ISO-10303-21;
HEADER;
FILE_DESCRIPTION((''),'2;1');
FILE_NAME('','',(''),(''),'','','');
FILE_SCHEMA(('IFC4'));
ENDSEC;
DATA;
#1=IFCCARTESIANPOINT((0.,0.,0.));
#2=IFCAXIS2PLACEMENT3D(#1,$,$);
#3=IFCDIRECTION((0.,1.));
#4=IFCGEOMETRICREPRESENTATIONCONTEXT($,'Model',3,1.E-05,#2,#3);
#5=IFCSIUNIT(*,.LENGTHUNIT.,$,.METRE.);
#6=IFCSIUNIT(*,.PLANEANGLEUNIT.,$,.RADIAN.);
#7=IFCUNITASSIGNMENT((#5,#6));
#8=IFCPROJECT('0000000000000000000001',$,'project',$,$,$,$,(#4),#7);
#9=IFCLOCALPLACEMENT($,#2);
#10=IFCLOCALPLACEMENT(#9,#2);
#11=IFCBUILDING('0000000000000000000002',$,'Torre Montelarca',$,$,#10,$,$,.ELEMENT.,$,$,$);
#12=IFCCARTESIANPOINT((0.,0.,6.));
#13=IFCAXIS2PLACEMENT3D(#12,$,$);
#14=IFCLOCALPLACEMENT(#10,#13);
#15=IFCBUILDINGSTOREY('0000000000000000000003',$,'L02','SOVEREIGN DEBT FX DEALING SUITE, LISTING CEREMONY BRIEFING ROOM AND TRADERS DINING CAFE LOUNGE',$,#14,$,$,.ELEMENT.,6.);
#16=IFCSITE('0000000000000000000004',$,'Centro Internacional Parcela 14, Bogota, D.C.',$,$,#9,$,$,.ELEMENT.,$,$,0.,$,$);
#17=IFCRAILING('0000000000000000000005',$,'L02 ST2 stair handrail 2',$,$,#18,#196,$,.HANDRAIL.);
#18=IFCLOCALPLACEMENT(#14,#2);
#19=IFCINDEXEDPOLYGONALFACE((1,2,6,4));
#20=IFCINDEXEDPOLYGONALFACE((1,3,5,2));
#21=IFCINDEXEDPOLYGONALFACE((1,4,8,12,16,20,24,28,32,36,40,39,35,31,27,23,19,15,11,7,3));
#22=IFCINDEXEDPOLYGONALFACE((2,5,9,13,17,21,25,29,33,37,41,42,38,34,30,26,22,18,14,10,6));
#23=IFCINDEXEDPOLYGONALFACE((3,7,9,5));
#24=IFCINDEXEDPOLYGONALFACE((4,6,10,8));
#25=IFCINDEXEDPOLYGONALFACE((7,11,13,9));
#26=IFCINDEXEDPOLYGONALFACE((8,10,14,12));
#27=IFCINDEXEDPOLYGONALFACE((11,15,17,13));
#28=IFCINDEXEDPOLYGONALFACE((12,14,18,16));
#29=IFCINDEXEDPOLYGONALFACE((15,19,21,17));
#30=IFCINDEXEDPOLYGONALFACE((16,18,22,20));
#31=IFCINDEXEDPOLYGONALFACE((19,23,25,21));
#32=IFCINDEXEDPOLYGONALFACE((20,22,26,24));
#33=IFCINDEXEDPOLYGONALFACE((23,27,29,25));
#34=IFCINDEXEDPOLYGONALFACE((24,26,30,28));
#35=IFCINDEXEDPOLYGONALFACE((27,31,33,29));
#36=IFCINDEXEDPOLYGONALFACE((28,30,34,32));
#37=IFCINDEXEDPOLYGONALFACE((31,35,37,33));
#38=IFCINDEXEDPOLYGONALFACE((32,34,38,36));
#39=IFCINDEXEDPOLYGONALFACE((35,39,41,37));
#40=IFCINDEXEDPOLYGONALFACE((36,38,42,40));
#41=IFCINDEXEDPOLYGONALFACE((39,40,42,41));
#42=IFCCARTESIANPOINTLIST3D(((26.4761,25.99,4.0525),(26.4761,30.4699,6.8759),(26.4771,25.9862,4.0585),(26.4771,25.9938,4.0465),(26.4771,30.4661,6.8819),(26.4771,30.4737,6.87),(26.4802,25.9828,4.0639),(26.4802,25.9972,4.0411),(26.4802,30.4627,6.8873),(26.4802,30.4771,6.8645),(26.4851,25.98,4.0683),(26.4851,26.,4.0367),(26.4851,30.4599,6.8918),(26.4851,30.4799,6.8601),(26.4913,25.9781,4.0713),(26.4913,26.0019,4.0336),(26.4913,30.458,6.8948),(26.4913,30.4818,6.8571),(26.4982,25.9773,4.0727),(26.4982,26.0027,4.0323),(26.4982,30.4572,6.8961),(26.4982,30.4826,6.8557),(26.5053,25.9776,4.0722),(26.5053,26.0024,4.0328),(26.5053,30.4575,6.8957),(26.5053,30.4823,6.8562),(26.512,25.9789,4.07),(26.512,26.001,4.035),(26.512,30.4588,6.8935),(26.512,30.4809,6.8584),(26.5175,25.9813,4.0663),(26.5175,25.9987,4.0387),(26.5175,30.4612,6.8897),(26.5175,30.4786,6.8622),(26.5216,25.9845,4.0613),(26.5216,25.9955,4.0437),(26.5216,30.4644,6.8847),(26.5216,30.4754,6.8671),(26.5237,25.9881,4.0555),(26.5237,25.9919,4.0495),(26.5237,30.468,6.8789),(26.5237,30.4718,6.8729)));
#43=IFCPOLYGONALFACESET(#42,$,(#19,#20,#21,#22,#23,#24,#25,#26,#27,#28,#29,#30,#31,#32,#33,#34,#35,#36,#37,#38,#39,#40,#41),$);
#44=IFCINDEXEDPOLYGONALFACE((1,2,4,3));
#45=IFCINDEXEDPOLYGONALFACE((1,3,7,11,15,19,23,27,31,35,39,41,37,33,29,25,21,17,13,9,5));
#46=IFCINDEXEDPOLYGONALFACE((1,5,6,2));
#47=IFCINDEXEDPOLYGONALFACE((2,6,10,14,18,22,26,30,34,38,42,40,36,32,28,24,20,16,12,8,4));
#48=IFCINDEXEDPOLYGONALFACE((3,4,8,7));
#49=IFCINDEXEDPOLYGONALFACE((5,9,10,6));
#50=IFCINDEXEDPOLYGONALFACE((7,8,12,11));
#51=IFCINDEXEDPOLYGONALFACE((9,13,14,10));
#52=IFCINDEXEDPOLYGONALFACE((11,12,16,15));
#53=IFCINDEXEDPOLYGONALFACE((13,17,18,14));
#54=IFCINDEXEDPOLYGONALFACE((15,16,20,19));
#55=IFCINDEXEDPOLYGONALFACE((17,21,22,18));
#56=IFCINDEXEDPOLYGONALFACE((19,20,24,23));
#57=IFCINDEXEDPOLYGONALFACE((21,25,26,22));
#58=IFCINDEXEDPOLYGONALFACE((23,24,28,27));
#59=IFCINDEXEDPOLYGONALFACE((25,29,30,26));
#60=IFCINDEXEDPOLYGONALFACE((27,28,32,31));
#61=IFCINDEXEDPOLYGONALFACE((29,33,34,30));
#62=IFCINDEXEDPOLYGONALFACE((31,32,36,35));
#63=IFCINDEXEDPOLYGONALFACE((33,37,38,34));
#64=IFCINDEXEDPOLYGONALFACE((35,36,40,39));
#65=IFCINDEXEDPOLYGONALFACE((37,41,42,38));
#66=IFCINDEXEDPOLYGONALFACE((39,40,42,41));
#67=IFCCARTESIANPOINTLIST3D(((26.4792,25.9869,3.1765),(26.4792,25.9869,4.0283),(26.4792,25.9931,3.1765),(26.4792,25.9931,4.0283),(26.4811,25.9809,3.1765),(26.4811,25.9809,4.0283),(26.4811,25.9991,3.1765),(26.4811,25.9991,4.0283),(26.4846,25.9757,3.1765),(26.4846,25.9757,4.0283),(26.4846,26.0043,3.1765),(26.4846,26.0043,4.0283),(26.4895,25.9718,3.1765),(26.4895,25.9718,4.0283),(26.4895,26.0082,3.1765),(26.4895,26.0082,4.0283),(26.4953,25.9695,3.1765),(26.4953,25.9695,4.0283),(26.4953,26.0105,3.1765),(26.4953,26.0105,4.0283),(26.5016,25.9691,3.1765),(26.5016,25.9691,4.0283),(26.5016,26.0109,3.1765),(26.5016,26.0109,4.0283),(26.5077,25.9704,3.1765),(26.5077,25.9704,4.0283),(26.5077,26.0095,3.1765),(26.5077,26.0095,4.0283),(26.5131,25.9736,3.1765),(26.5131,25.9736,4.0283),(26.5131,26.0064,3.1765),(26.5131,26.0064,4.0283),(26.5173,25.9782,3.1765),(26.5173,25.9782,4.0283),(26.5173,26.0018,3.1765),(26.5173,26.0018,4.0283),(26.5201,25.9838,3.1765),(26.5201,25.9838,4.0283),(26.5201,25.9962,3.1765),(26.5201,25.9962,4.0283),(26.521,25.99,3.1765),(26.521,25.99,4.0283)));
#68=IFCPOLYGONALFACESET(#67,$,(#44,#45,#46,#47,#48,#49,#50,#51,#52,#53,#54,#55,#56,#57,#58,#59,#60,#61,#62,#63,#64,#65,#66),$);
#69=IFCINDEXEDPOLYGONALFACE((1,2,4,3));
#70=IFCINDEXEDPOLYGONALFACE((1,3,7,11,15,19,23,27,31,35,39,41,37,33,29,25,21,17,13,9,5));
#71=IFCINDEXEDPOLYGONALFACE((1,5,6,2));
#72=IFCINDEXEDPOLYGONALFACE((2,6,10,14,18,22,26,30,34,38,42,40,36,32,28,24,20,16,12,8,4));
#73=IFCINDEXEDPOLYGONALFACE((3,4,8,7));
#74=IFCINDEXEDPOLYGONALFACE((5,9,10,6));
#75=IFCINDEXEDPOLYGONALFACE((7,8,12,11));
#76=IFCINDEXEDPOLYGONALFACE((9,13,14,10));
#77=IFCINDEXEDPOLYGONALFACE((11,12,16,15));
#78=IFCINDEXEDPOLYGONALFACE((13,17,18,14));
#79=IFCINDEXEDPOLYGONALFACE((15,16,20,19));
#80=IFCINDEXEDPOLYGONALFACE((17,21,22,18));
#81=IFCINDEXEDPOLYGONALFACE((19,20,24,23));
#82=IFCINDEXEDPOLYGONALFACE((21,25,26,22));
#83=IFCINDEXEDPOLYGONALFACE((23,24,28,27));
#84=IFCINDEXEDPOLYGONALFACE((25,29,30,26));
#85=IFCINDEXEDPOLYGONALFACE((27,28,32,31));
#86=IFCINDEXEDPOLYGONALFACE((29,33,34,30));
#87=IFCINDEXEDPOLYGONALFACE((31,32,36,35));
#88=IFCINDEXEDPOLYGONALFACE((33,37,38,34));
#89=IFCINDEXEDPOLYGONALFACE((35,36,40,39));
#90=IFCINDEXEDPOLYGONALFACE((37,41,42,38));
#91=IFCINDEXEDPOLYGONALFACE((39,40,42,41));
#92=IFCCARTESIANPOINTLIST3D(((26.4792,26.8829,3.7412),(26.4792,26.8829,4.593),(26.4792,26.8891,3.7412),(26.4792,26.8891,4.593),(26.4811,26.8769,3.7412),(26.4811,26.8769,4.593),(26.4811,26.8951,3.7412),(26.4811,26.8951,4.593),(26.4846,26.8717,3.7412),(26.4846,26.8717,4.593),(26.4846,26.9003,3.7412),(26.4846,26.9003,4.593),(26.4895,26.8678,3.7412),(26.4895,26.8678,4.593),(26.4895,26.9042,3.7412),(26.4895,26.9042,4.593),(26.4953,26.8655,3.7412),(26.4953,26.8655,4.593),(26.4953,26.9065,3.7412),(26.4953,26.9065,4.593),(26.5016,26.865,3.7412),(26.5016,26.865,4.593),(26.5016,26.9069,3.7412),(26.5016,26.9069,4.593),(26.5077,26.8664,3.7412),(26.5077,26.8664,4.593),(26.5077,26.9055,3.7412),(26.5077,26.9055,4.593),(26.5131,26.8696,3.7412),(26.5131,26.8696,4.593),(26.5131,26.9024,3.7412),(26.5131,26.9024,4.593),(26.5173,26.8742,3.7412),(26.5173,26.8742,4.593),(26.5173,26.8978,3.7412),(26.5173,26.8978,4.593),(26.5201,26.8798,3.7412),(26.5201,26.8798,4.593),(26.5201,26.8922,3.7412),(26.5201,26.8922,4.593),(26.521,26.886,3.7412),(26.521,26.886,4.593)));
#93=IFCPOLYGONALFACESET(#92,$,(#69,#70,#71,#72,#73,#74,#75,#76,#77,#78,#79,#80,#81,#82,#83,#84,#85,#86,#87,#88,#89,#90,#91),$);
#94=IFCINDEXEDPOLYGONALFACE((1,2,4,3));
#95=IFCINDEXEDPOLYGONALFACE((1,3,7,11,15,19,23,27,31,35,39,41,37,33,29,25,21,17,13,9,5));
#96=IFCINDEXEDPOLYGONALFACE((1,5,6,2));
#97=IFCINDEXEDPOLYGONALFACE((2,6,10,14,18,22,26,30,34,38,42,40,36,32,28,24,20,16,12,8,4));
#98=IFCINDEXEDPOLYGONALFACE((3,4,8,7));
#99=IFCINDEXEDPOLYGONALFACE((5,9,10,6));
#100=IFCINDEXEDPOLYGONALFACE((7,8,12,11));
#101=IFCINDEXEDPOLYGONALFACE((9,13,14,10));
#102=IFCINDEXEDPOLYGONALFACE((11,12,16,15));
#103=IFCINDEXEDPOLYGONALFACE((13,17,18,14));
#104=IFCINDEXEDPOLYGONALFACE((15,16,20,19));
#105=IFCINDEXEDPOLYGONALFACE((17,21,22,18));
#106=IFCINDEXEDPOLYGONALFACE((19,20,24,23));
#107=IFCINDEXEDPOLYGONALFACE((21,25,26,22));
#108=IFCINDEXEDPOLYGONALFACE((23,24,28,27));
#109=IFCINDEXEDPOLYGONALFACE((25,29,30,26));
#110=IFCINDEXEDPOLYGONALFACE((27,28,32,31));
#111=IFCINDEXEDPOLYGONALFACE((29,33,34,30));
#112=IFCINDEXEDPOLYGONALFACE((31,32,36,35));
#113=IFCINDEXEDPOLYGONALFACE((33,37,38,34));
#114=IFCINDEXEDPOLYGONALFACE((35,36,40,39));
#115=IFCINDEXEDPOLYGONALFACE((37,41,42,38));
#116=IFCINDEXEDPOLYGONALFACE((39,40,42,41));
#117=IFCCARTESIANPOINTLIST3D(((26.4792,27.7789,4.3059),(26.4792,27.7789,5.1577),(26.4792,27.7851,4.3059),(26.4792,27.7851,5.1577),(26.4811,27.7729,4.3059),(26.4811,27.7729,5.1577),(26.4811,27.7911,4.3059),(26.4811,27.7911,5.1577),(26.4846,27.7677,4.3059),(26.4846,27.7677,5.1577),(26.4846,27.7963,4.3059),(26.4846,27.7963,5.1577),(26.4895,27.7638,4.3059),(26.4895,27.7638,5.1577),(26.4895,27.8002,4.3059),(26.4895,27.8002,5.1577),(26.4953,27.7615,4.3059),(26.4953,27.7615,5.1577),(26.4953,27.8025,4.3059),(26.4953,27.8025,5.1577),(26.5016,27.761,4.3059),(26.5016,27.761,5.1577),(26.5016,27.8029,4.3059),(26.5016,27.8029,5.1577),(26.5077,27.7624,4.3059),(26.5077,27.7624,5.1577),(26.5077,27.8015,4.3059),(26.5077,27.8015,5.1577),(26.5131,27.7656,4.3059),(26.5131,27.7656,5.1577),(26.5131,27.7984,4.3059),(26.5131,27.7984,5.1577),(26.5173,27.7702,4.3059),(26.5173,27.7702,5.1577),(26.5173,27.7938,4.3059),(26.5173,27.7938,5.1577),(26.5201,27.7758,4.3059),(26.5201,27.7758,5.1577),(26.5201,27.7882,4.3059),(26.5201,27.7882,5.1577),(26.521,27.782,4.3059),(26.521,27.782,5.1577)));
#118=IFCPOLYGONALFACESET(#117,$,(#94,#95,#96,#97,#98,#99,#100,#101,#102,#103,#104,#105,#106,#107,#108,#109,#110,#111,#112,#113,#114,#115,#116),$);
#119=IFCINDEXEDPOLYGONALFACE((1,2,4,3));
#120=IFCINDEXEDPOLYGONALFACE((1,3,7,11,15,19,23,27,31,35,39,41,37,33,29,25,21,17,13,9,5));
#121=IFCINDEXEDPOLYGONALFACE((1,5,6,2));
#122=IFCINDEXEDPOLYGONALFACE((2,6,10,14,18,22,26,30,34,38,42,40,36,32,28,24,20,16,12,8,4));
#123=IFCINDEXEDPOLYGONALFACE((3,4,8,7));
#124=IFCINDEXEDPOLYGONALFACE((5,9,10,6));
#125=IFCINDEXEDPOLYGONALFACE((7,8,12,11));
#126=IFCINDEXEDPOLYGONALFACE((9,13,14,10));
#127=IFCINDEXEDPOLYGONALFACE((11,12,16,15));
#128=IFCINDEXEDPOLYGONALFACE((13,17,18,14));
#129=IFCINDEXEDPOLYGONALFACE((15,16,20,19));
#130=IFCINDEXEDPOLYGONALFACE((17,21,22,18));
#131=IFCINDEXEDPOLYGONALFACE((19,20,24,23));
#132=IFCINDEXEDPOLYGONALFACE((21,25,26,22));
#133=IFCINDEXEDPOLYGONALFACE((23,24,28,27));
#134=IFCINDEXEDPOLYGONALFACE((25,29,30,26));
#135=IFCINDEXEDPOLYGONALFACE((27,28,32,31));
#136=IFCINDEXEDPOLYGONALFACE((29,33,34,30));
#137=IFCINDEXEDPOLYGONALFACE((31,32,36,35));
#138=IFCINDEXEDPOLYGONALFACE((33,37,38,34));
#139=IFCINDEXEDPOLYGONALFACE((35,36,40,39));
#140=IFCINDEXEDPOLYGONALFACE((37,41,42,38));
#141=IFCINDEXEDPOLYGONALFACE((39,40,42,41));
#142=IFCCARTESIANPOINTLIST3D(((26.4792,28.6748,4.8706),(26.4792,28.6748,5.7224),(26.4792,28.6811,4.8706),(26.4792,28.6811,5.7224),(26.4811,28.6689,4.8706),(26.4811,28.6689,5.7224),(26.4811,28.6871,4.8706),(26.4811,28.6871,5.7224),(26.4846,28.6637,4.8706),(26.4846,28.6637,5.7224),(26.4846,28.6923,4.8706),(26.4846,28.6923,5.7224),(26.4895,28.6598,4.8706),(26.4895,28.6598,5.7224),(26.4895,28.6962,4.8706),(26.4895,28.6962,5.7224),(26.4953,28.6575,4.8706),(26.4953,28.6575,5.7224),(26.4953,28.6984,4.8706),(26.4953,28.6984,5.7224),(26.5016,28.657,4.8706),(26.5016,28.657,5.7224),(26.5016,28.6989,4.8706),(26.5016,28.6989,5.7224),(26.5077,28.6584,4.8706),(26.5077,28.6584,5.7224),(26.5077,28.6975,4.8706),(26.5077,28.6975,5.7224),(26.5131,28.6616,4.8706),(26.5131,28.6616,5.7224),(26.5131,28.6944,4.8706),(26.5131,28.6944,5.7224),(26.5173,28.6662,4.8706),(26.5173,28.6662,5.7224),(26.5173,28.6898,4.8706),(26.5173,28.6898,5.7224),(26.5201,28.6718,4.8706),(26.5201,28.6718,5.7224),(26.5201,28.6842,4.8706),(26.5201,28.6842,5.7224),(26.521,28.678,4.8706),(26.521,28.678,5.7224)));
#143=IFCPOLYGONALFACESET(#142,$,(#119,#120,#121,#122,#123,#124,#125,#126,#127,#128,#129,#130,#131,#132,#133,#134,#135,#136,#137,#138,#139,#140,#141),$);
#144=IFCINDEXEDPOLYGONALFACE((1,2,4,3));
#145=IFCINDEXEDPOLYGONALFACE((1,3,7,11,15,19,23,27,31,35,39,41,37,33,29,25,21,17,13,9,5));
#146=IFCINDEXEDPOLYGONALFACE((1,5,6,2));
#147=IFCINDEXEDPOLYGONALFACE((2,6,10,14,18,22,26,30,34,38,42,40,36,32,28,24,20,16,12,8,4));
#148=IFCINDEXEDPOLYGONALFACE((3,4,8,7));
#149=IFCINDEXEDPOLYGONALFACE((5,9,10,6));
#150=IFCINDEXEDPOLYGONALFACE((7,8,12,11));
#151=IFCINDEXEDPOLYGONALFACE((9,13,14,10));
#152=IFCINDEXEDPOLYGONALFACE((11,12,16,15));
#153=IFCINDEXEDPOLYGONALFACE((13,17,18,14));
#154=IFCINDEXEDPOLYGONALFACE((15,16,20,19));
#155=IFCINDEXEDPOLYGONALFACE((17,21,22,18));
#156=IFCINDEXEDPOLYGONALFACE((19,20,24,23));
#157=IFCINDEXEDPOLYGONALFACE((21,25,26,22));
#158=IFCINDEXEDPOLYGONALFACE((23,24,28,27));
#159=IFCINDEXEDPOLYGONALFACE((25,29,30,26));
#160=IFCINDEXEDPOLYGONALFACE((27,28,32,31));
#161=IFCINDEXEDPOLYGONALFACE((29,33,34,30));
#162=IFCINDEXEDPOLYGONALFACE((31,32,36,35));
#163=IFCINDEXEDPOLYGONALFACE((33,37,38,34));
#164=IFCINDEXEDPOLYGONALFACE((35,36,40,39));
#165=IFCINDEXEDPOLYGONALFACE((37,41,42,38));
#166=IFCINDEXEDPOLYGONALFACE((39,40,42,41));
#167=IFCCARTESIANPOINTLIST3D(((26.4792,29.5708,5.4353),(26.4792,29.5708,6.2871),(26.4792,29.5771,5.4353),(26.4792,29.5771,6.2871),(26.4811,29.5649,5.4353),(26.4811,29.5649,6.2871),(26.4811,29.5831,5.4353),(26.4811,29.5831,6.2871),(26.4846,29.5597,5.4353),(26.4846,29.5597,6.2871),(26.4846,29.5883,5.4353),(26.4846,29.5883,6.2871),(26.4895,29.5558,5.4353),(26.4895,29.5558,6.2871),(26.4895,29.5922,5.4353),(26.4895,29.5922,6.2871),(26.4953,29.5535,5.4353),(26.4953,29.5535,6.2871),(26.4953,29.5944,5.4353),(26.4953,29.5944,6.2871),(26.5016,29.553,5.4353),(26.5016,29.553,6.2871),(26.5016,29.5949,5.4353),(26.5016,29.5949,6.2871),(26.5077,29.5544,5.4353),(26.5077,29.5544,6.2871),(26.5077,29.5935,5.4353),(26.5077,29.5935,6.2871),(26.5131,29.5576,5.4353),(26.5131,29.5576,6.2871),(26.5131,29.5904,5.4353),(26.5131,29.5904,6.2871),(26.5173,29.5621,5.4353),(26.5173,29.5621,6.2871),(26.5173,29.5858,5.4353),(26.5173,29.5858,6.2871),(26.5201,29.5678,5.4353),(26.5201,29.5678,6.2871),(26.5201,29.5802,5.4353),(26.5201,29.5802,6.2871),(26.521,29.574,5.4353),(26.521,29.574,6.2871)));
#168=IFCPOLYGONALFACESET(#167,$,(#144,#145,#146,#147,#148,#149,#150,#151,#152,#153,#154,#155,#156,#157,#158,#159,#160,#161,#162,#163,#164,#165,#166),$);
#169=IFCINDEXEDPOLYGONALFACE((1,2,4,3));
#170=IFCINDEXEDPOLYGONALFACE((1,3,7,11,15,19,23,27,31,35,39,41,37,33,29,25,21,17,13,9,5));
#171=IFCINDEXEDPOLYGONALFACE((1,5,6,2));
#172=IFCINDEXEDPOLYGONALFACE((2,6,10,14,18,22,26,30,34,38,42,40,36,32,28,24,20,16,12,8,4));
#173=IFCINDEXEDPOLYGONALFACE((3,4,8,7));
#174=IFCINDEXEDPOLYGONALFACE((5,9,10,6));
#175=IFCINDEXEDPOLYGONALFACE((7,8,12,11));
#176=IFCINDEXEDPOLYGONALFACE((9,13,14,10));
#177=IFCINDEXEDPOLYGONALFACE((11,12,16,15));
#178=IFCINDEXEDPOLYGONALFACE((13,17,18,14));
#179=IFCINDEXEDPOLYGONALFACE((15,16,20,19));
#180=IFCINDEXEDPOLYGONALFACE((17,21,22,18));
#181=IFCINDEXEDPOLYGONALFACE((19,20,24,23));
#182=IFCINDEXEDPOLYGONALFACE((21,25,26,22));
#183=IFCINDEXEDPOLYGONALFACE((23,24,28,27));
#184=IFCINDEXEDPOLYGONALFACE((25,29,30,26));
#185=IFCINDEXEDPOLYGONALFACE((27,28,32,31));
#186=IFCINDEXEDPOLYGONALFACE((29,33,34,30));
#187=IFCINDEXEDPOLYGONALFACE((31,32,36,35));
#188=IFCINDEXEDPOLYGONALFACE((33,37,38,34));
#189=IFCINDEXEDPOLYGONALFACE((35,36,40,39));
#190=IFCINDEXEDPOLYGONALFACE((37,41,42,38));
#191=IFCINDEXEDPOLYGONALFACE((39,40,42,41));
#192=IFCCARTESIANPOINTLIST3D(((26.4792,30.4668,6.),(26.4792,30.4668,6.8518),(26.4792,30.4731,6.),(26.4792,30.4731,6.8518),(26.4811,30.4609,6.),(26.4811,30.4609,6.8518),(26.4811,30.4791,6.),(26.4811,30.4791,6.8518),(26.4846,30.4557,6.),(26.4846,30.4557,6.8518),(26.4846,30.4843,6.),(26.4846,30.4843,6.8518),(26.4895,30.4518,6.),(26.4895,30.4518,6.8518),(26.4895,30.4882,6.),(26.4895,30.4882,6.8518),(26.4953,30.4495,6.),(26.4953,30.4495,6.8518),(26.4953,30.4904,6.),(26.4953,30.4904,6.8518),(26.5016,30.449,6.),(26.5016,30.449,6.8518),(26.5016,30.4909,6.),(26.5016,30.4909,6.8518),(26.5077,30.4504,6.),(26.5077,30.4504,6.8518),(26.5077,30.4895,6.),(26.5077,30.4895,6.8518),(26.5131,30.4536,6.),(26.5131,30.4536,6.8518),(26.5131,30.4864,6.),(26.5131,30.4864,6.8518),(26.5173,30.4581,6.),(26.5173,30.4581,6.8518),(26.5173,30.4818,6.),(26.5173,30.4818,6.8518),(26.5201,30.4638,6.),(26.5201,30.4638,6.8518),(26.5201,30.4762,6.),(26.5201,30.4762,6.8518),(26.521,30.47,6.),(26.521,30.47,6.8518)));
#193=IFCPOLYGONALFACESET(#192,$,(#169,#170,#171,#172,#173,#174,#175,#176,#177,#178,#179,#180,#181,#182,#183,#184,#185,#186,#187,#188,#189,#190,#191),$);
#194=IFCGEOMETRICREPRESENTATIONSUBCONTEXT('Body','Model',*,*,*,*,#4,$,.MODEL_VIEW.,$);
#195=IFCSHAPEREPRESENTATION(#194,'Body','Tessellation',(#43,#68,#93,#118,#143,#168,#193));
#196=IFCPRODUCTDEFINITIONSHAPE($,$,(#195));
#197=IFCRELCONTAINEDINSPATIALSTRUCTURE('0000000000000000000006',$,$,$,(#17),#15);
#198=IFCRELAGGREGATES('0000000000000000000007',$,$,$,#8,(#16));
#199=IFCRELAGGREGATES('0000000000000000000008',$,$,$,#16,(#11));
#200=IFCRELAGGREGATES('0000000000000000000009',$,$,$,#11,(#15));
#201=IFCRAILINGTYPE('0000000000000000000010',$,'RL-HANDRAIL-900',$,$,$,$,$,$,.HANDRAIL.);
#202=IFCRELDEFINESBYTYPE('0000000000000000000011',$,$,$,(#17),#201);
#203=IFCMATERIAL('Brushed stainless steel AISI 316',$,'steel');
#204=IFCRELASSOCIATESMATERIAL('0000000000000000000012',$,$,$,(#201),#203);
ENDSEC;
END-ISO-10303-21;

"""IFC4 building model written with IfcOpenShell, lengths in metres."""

from ifc_helpers import new_model, si_unit, direction, frame, origin, origin_2d, place, context, subcontext, project, spatial, circle, extrude, material, type_object, element, save


model = new_model("IFC4")

# Units and contexts
model_context = context("Model", 3, precision=1e-05, world=origin(), true_north=direction((0.0, 1.0)))
body_context = subcontext(model_context, "Body", "Model", "MODEL_VIEW")
ifc_project = project(units=[si_unit("LENGTHUNIT", "METRE"), si_unit("PLANEANGLEUNIT", "RADIAN")], contexts=[model_context])

# Site, building, storey
site_placement = place(None, origin())
site = spatial("IfcSite", under=ifc_project, at=site_placement, Name="Centro Internacional Parcela 14, Bogota, D.C.", CompositionType="ELEMENT", RefElevation=0.0)
building_placement = place(site_placement, origin())
building = spatial("IfcBuilding", under=site, at=building_placement, Name="Torre Montelarca", CompositionType="ELEMENT")
storey_placement = place(building_placement, frame((0.0, 0.0, 6.0)))
storey = spatial("IfcBuildingStorey", under=building, at=storey_placement, Name="L02", Description="SOVEREIGN DEBT FX DEALING SUITE, LISTING CEREMONY BRIEFING ROOM AND TRADERS DINING CAFE LOUNGE", CompositionType="ELEMENT", Elevation=6.0)

# Railing
ifc_material_1 = material(Name="Brushed stainless steel AISI 316", Category="steel")
railing_type_1 = type_object("IfcRailingType", Name="RL-HANDRAIL-900", PredefinedType="HANDRAIL", material=ifc_material_1)
railing_1_placement = place(storey_placement, frame((26.5, 25.99, 3.1765)))
element("IfcRailing", 1, at=railing_1_placement, inside=storey, type_object=railing_type_1, Name="L02 ST2 stair handrail 2", PredefinedType="HANDRAIL", context=body_context, shape_type="SweptSolid", body=[
    extrude(circle(Radius=0.0239, at=origin_2d()), frame((0.0, 0.0, 0.876), z_axis=(0.0, 0.845998, 0.533186), x_axis=(-1.0, 0.0, 0.0)), (0.0, 0.0, 1.0), 5.2954),
    extrude(circle(Radius=0.021, at=origin_2d()), origin(), (0.0, 0.0, 1.0), 0.8518),
    extrude(circle(Radius=0.021, at=origin_2d()), frame((0.0, 0.896, 0.5647)), (0.0, 0.0, 1.0), 0.8518),
    extrude(circle(Radius=0.021, at=origin_2d()), frame((0.0, 1.792, 1.1294)), (0.0, 0.0, 1.0), 0.8518),
    extrude(circle(Radius=0.021, at=origin_2d()), frame((0.0, 2.688, 1.6941)), (0.0, 0.0, 1.0), 0.8518),
    extrude(circle(Radius=0.021, at=origin_2d()), frame((0.0, 3.584, 2.2588)), (0.0, 0.0, 1.0), 0.8518),
    extrude(circle(Radius=0.021, at=origin_2d()), frame((0.0, 4.48, 2.8235)), (0.0, 0.0, 1.0), 0.8518),
])

save(model, "model.ifc")
